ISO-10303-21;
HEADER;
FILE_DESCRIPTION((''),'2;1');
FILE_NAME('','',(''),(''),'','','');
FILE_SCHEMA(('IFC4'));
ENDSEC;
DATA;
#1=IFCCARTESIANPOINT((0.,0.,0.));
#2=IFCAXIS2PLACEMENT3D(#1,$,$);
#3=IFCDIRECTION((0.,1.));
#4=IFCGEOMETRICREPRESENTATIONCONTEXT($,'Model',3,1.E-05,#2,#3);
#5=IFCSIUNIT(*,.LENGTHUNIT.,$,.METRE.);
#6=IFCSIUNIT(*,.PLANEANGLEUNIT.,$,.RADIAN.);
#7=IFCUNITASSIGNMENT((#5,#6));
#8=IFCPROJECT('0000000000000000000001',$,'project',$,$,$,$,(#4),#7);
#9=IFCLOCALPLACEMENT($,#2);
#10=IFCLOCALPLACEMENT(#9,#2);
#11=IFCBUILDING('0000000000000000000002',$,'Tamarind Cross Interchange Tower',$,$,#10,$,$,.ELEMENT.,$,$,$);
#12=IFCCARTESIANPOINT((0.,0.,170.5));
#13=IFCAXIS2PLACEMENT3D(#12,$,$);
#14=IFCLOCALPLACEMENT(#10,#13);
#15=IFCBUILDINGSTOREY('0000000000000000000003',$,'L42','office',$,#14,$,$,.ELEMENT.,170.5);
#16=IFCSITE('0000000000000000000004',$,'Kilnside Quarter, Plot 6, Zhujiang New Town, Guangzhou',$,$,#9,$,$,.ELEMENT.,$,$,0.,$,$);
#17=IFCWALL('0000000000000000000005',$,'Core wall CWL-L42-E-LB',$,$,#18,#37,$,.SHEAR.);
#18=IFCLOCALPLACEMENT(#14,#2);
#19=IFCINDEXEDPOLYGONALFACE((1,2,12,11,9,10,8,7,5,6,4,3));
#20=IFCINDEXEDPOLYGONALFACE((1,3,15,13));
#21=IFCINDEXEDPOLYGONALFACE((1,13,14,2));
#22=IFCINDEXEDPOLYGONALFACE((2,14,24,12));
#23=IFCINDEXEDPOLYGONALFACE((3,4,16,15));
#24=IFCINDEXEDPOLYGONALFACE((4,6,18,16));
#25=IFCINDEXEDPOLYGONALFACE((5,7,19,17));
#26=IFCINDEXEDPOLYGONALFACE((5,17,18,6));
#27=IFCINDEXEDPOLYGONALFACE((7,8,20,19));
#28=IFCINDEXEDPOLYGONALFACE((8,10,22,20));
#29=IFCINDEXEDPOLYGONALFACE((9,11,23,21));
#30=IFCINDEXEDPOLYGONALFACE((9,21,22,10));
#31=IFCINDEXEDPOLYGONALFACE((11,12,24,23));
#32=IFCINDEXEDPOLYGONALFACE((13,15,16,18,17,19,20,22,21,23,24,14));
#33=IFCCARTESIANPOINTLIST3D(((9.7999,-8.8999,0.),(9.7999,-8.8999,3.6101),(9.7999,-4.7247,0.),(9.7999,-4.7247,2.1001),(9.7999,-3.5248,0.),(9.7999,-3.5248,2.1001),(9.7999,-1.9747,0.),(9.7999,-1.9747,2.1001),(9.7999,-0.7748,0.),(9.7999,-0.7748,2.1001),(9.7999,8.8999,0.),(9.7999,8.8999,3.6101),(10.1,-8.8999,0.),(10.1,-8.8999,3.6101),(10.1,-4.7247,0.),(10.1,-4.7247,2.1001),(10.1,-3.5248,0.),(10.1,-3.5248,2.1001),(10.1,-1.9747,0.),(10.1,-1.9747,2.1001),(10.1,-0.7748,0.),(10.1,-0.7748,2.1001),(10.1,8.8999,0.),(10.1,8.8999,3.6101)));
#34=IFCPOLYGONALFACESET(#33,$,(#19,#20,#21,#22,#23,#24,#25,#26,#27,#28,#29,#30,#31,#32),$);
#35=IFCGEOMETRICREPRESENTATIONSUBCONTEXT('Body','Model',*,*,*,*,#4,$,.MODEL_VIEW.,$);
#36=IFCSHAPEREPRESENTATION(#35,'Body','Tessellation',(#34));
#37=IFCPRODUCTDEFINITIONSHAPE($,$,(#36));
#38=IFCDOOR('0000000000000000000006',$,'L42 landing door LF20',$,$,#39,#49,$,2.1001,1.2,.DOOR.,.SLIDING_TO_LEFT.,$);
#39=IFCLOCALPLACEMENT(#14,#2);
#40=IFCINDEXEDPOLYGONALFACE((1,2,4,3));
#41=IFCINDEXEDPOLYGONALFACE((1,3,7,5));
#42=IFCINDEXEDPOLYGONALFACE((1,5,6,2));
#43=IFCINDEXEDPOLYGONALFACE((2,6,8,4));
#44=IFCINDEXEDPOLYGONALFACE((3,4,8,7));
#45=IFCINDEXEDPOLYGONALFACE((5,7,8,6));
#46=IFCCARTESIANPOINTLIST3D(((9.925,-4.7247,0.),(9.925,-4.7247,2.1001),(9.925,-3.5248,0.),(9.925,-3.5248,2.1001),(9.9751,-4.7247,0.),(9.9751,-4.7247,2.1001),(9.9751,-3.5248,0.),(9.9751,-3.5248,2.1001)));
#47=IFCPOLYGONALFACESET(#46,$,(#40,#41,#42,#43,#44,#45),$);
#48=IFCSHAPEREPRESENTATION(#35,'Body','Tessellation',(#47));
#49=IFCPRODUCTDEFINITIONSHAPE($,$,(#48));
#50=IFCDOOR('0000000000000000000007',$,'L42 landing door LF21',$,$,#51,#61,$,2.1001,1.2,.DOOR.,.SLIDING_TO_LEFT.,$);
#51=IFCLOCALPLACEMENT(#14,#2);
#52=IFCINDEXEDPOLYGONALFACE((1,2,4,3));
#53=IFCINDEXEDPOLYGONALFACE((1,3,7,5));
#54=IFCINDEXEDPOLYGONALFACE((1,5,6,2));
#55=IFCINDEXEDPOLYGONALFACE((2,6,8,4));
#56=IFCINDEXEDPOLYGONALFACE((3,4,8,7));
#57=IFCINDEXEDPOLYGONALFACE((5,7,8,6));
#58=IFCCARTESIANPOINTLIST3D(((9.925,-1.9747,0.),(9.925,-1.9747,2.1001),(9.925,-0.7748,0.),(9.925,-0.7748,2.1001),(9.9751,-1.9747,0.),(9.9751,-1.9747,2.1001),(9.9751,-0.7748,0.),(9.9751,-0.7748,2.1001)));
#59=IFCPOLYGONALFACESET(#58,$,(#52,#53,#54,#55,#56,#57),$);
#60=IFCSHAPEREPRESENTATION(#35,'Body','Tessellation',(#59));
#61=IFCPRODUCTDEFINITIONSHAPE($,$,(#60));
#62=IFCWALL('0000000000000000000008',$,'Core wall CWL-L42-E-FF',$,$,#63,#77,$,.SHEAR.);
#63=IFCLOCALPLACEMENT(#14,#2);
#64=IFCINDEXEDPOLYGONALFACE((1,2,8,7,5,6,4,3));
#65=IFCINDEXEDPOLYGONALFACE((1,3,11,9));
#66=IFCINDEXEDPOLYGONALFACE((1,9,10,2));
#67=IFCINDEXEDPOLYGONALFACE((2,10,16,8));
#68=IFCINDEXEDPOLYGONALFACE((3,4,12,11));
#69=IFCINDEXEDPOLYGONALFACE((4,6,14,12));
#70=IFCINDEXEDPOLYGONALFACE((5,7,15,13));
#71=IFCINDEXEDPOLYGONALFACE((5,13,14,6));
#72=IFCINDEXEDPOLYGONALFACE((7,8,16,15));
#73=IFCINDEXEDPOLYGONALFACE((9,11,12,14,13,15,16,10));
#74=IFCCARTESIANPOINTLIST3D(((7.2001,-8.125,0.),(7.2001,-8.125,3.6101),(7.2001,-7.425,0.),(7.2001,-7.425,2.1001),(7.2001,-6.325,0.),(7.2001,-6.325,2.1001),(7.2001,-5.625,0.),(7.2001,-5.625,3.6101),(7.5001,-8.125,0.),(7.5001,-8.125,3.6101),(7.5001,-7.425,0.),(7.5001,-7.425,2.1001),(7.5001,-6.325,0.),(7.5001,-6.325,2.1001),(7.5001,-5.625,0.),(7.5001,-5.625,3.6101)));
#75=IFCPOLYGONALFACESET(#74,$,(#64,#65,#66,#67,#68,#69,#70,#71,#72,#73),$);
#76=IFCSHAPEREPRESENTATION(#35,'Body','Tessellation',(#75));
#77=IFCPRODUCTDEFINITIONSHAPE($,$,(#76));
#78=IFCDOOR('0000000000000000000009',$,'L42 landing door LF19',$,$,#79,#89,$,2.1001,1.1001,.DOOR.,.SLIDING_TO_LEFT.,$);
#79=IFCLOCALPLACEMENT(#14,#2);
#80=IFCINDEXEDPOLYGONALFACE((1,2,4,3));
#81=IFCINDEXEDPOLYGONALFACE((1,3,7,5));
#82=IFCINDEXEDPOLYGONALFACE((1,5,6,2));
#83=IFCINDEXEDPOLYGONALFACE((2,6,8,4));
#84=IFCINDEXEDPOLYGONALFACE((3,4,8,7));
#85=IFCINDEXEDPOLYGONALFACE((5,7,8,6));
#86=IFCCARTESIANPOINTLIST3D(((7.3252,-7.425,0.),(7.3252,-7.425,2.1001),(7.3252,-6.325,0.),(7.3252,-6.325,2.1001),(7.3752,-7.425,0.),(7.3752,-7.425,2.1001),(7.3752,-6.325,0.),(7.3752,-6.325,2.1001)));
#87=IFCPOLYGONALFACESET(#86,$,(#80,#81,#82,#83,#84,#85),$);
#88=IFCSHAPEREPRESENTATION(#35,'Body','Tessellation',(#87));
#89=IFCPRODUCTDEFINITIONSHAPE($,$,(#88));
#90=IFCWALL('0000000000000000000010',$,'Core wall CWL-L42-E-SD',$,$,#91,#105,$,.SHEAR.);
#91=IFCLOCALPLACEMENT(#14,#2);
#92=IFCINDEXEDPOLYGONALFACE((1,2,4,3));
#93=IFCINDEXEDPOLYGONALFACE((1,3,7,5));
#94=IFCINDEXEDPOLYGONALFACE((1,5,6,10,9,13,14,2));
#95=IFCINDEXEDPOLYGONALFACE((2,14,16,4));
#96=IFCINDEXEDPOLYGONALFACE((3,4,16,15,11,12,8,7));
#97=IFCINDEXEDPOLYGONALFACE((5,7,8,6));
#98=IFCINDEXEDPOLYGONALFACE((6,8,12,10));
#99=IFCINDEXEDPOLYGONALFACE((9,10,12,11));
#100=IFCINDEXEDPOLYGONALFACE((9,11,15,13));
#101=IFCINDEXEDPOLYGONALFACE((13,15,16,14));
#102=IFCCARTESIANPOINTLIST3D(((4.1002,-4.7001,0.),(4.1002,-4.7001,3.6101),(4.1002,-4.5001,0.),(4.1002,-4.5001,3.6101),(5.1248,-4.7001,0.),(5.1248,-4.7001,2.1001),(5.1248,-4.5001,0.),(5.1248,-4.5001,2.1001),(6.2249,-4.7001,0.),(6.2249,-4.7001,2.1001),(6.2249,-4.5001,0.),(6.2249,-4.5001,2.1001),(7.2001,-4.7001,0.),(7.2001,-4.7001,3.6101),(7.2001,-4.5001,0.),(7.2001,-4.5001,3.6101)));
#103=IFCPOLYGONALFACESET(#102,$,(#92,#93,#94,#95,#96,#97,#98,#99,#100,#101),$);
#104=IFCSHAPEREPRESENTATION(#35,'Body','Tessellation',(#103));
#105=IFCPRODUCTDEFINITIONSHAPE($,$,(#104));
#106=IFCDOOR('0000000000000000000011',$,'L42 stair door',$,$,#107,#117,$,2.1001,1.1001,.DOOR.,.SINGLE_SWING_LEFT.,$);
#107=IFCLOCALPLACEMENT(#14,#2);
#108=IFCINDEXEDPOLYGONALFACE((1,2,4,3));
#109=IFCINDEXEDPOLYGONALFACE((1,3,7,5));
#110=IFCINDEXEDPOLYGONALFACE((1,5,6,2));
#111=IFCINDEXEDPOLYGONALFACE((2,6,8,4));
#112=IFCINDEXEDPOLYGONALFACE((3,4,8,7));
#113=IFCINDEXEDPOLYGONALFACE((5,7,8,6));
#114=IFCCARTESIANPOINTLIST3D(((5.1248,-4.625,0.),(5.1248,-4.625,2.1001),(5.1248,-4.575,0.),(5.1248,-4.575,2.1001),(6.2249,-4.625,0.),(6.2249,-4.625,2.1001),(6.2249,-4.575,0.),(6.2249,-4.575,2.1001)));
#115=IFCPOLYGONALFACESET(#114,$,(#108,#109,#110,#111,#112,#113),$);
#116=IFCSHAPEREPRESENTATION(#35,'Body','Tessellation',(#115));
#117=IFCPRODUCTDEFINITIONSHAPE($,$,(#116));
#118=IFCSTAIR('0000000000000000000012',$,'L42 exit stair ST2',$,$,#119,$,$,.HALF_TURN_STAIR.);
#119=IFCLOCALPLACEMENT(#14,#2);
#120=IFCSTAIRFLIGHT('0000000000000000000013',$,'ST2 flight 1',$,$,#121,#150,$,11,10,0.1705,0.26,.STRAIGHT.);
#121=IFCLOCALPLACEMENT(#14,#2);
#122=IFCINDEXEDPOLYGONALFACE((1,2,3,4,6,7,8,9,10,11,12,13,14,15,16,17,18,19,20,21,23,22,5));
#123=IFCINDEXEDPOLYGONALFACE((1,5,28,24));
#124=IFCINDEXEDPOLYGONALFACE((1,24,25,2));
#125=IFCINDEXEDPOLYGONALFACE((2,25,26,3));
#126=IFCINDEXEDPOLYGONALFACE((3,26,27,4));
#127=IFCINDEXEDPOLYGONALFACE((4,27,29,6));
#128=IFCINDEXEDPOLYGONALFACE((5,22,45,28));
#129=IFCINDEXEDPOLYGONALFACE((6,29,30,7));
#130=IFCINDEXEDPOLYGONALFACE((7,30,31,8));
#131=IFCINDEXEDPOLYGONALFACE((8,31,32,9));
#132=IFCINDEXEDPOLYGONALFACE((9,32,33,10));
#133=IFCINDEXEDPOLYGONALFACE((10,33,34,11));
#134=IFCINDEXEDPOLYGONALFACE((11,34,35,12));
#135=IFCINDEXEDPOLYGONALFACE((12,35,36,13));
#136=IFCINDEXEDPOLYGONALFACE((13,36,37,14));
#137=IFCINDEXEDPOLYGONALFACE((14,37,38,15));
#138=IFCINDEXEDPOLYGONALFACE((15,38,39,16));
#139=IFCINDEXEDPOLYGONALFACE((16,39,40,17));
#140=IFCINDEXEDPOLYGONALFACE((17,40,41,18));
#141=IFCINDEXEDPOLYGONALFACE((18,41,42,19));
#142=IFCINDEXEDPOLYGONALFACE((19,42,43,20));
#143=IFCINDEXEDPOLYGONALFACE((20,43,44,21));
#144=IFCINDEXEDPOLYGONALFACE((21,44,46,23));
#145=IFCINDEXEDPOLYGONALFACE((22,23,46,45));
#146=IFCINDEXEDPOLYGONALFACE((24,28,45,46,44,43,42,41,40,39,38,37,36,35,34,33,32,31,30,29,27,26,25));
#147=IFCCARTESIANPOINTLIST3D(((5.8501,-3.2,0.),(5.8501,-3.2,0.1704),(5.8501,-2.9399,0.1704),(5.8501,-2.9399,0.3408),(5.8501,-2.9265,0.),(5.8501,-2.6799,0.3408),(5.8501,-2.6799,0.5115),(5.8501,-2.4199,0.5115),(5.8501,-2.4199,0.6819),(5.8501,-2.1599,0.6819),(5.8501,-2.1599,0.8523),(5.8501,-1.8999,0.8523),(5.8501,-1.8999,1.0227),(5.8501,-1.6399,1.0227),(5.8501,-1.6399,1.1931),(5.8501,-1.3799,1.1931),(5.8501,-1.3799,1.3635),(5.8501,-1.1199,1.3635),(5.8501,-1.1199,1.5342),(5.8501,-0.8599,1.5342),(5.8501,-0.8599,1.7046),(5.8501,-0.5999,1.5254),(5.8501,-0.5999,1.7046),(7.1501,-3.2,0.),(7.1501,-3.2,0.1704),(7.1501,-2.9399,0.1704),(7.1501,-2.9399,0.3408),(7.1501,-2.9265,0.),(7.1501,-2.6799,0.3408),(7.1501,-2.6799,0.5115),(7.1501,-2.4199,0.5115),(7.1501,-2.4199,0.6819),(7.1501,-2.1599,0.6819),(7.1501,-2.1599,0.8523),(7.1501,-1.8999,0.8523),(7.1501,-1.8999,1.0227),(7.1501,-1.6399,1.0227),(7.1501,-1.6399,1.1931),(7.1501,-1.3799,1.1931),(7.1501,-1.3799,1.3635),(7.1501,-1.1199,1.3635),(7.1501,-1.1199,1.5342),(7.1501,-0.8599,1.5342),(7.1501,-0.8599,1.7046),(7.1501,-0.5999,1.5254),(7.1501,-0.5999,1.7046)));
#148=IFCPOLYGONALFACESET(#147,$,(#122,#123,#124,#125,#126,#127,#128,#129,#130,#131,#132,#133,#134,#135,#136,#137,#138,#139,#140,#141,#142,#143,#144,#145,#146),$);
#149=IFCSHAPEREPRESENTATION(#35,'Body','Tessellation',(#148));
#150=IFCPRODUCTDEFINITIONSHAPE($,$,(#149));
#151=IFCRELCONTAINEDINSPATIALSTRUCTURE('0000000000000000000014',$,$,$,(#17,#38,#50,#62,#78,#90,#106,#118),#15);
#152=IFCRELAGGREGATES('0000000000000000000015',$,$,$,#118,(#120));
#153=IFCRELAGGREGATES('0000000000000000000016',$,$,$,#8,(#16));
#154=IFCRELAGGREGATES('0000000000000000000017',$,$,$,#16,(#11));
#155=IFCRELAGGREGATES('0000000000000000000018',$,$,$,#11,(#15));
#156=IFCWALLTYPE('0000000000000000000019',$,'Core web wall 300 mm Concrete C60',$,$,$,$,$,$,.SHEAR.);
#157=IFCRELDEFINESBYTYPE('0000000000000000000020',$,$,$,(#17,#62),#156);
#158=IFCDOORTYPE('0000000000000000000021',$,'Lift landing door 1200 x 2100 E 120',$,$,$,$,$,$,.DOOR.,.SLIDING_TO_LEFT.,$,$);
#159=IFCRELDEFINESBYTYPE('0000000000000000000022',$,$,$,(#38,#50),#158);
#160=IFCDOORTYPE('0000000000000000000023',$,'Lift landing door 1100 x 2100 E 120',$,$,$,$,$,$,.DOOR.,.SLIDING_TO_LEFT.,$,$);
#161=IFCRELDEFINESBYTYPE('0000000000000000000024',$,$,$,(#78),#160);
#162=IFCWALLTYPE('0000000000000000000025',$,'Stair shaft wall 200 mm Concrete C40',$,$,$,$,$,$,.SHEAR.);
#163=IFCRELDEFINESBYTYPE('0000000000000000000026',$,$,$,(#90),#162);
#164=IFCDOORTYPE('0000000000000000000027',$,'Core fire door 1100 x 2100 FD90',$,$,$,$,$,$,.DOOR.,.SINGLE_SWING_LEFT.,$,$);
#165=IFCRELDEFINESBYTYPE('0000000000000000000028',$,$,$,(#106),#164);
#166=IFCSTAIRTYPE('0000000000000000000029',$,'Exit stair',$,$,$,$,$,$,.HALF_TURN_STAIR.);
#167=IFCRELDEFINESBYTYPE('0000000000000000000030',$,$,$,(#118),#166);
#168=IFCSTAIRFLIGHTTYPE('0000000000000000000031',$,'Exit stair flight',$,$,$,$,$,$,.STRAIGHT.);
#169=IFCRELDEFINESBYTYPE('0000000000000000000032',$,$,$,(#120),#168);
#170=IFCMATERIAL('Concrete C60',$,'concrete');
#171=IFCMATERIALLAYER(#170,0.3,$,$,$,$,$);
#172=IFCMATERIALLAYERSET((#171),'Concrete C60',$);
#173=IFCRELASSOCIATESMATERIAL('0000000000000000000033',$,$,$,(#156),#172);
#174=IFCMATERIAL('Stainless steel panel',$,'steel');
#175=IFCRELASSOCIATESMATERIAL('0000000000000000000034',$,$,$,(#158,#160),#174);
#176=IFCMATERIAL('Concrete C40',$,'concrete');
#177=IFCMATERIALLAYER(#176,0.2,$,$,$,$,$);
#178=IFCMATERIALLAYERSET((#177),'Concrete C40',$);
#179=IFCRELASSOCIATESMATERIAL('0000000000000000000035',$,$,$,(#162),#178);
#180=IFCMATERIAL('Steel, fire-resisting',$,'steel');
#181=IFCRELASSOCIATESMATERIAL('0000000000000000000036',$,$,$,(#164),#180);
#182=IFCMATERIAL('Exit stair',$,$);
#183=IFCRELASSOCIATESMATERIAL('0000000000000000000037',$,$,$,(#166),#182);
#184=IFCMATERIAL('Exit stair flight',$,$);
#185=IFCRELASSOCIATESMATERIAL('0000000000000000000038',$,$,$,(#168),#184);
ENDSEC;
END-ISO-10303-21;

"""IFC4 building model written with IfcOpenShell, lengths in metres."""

from ifc_helpers import new_model, si_unit, direction, frame, frame_2d, origin, place, context, subcontext, project, spatial, polyline, rectangle, outline, extrude, material, layer, layer_set, type_object, element, fill, aggregate, save


model = new_model("IFC4")

# Units and contexts
model_context = context("Model", 3, precision=1e-05, world=origin(), true_north=direction((0.0, 1.0)))
body_context = subcontext(model_context, "Body", "Model", "MODEL_VIEW")
ifc_project = project(units=[si_unit("LENGTHUNIT", "METRE"), si_unit("PLANEANGLEUNIT", "RADIAN")], contexts=[model_context])

# Site, building, storey
site_placement = place(None, origin())
site = spatial("IfcSite", under=ifc_project, at=site_placement, Name="Kilnside Quarter, Plot 6, Zhujiang New Town, Guangzhou", CompositionType="ELEMENT", RefElevation=0.0)
building_placement = place(site_placement, origin())
building = spatial("IfcBuilding", under=site, at=building_placement, Name="Tamarind Cross Interchange Tower", CompositionType="ELEMENT")
storey_placement = place(building_placement, frame((0.0, 0.0, 170.5)))
storey = spatial("IfcBuildingStorey", under=building, at=storey_placement, Name="L42", Description="office", CompositionType="ELEMENT", Elevation=170.5)

# Shared definitions
ifc_material_1 = material(Name="Concrete C60", Category="concrete")
ifc_material_2 = material(Name="Steel, fire-resisting", Category="steel")

# Shared definitions
ifc_layer_1 = layer(ifc_material_1, 0.3)
ifc_layer_set_1 = layer_set([ifc_layer_1], Name="Concrete C60")
wall_type_1 = type_object("IfcWallType", Name="Core web wall 300 mm Concrete C60", PredefinedType="SHEAR", material=ifc_layer_set_1)

# Wall, openings, doors
ifc_material_3 = material(Name="Stainless steel panel", Category="steel")
wall_1_placement = place(storey_placement, frame((9.95, -8.8999, 0.0), z_axis=(0.0, 0.0, 1.0), x_axis=(0.0, 1.0, 0.0)))
wall_1 = element("IfcWall", 1, at=wall_1_placement, inside=storey, type_object=wall_type_1, Name="Core wall CWL-L42-E-LB", PredefinedType="SHEAR", context=body_context, shape_type="SweptSolid", body=[
    extrude(rectangle(XDim=17.7998, YDim=0.3, at=frame_2d((8.8999, 0.0))), origin(), (0.0, 0.0, 1.0), 3.6101),
])
opening_1_placement = place(wall_1_placement, frame((4.175, 0.0, 0.0)))
opening_1 = element("IfcOpeningElement", 2, at=opening_1_placement, cuts=wall_1, PredefinedType="OPENING", context=body_context, shape_type="SweptSolid", body=[
    extrude(rectangle(XDim=1.2, YDim=2.1001, at=frame_2d((0.6001, 1.05))), frame((0.0, 0.1599, 0.0), z_axis=(0.0, -1.0, 0.0), x_axis=(1.0, 0.0, 0.0)), (0.0, 0.0, 1.0), 0.3201),
])
opening_2_placement = place(wall_1_placement, frame((6.925, 0.0, 0.0)))
opening_2 = element("IfcOpeningElement", 3, at=opening_2_placement, cuts=wall_1, PredefinedType="OPENING", context=body_context, shape_type="SweptSolid", body=[
    extrude(rectangle(XDim=1.2, YDim=2.1001, at=frame_2d((0.6001, 1.05))), frame((0.0, 0.1599, 0.0), z_axis=(0.0, -1.0, 0.0), x_axis=(1.0, 0.0, 0.0)), (0.0, 0.0, 1.0), 0.3201),
])
door_type_1 = type_object("IfcDoorType", Name="Lift landing door 1200 x 2100 E 120", OperationType="SLIDING_TO_LEFT", PredefinedType="DOOR", material=ifc_material_3)
door_1_placement = place(opening_1_placement, origin())
door_1 = element("IfcDoor", 4, at=door_1_placement, inside=storey, type_object=door_type_1, Name="L42 landing door LF20", OperationType="SLIDING_TO_LEFT", OverallHeight=2.1001, OverallWidth=1.2, PredefinedType="DOOR", context=body_context, shape_type="SweptSolid", body=[
    extrude(rectangle(XDim=1.2, YDim=2.1001, at=frame_2d((0.6001, 1.05))), frame((0.0, 0.0249, 0.0), z_axis=(0.0, -1.0, 0.0), x_axis=(1.0, 0.0, 0.0)), (0.0, 0.0, 1.0), 0.05),
])
fill(opening_1, door_1)
door_2_placement = place(opening_2_placement, origin())
door_2 = element("IfcDoor", 5, at=door_2_placement, inside=storey, type_object=door_type_1, Name="L42 landing door LF21", OperationType="SLIDING_TO_LEFT", OverallHeight=2.1001, OverallWidth=1.2, PredefinedType="DOOR", context=body_context, shape_type="SweptSolid", body=[
    extrude(rectangle(XDim=1.2, YDim=2.1001, at=frame_2d((0.6001, 1.05))), frame((0.0, 0.0249, 0.0), z_axis=(0.0, -1.0, 0.0), x_axis=(1.0, 0.0, 0.0)), (0.0, 0.0, 1.0), 0.05),
])
fill(opening_2, door_2)

# Walls, openings, doors
wall_2_placement = place(storey_placement, frame((7.3501, -8.125, 0.0), z_axis=(0.0, 0.0, 1.0), x_axis=(0.0, 1.0, 0.0)))
wall_2 = element("IfcWall", 6, at=wall_2_placement, inside=storey, type_object=wall_type_1, Name="Core wall CWL-L42-E-FF", PredefinedType="SHEAR", context=body_context, shape_type="SweptSolid", body=[
    extrude(rectangle(XDim=2.5, YDim=0.3, at=frame_2d((1.25, 0.0))), origin(), (0.0, 0.0, 1.0), 3.6101),
])
opening_3_placement = place(wall_2_placement, frame((0.7, 0.0, 0.0)))
opening_3 = element("IfcOpeningElement", 7, at=opening_3_placement, cuts=wall_2, PredefinedType="OPENING", context=body_context, shape_type="SweptSolid", body=[
    extrude(rectangle(XDim=1.1001, YDim=2.1001, at=frame_2d((0.55, 1.05))), frame((0.0, 0.1599, 0.0), z_axis=(0.0, -1.0, 0.0), x_axis=(1.0, 0.0, 0.0)), (0.0, 0.0, 1.0), 0.3201),
])
door_type_2 = type_object("IfcDoorType", Name="Lift landing door 1100 x 2100 E 120", OperationType="SLIDING_TO_LEFT", PredefinedType="DOOR", material=ifc_material_3)
door_3_placement = place(opening_3_placement, origin())
door_3 = element("IfcDoor", 8, at=door_3_placement, inside=storey, type_object=door_type_2, Name="L42 landing door LF19", OperationType="SLIDING_TO_LEFT", OverallHeight=2.1001, OverallWidth=1.1001, PredefinedType="DOOR", context=body_context, shape_type="SweptSolid", body=[
    extrude(rectangle(XDim=1.1001, YDim=2.1001, at=frame_2d((0.55, 1.05))), frame((0.0, 0.0249, 0.0), z_axis=(0.0, -1.0, 0.0), x_axis=(1.0, 0.0, 0.0)), (0.0, 0.0, 1.0), 0.05),
])
fill(opening_3, door_3)
ifc_material_4 = material(Name="Concrete C40", Category="concrete")
ifc_layer_2 = layer(ifc_material_4, 0.2)
ifc_layer_set_2 = layer_set([ifc_layer_2], Name="Concrete C40")
wall_type_2 = type_object("IfcWallType", Name="Stair shaft wall 200 mm Concrete C40", PredefinedType="SHEAR", material=ifc_layer_set_2)
wall_3_placement = place(storey_placement, frame((7.2, -4.6001, 0.0), z_axis=(0.0, 0.0, 1.0), x_axis=(-1.0, 0.0, 0.0)))
wall_3 = element("IfcWall", 9, at=wall_3_placement, inside=storey, type_object=wall_type_2, Name="Core wall CWL-L42-E-SD", PredefinedType="SHEAR", context=body_context, shape_type="SweptSolid", body=[
    extrude(rectangle(XDim=3.0999, YDim=0.2, at=frame_2d((1.5498, 0.0))), origin(), (0.0, 0.0, 1.0), 3.6101),
])
opening_4_placement = place(wall_3_placement, frame((0.9751, 0.0, 0.0)))
opening_4 = element("IfcOpeningElement", 10, at=opening_4_placement, cuts=wall_3, PredefinedType="OPENING", context=body_context, shape_type="SweptSolid", body=[
    extrude(rectangle(XDim=1.1001, YDim=2.1001, at=frame_2d((0.55, 1.05))), frame((0.0, 0.1099, 0.0), z_axis=(0.0, -1.0, 0.0), x_axis=(1.0, 0.0, 0.0)), (0.0, 0.0, 1.0), 0.22),
])
door_type_3 = type_object("IfcDoorType", Name="Core fire door 1100 x 2100 FD90", OperationType="SINGLE_SWING_LEFT", PredefinedType="DOOR", material=ifc_material_2)
door_4_placement = place(opening_4_placement, origin())
door_4 = element("IfcDoor", 11, at=door_4_placement, inside=storey, type_object=door_type_3, Name="L42 stair door", OperationType="SINGLE_SWING_LEFT", OverallHeight=2.1001, OverallWidth=1.1001, PredefinedType="DOOR", context=body_context, shape_type="SweptSolid", body=[
    extrude(rectangle(XDim=1.1001, YDim=2.1001, at=frame_2d((0.55, 1.05))), frame((0.0, 0.0249, 0.0), z_axis=(0.0, -1.0, 0.0), x_axis=(1.0, 0.0, 0.0)), (0.0, 0.0, 1.0), 0.05),
])
fill(opening_4, door_4)

# Stair, stair flight
ifc_material_5 = material(Name="Exit stair")
stair_type = type_object("IfcStairType", Name="Exit stair", PredefinedType="HALF_TURN_STAIR", material=ifc_material_5)
stair_placement = place(storey_placement, origin())
stair = element("IfcStair", 12, at=stair_placement, inside=storey, type_object=stair_type, Name="L42 exit stair ST2", PredefinedType="HALF_TURN_STAIR")
ifc_material_6 = material(Name="Exit stair flight")
stair_flight_type = type_object("IfcStairFlightType", Name="Exit stair flight", PredefinedType="STRAIGHT", material=ifc_material_6)
stair_flight_1_placement = place(storey_placement, frame((6.5, -3.2, 0.0), z_axis=(0.0, 0.0, 1.0), x_axis=(0.0, 1.0, 0.0)))
stair_flight_1 = element("IfcStairFlight", 13, at=stair_flight_1_placement, type_object=stair_flight_type, Name="ST2 flight 1", NumberOfRisers=11, NumberOfTreads=10, PredefinedType="STRAIGHT", RiserHeight=0.1705, TreadLength=0.26, context=body_context, shape_type="SweptSolid", body=[
    extrude(outline(polyline([(0.0, 0.0), (0.0, 0.1704), (0.26, 0.1704), (0.26, 0.3408), (0.52, 0.3408), (0.52, 0.5115), (0.78, 0.5115), (0.78, 0.6819), (1.04, 0.6819), (1.04, 0.8523), (1.3, 0.8523), (1.3, 1.0227), (1.5601, 1.0227), (1.5601, 1.1931), (1.8201, 1.1931), (1.8201, 1.3635), (2.0801, 1.3635), (2.0801, 1.5342), (2.3401, 1.5342), (2.3401, 1.7046), (2.6001, 1.7046), (2.6001, 1.875), (2.6001, 1.5254), (0.2734, 0.0), (0.0, 0.0)])), frame((0.0, 0.6499, 0.0), z_axis=(0.0, -1.0, 0.0), x_axis=(1.0, 0.0, 0.0)), (0.0, 0.0, 1.0), 1.3),
])
aggregate(stair, [stair_flight_1])

save(model, "model.ifc")
